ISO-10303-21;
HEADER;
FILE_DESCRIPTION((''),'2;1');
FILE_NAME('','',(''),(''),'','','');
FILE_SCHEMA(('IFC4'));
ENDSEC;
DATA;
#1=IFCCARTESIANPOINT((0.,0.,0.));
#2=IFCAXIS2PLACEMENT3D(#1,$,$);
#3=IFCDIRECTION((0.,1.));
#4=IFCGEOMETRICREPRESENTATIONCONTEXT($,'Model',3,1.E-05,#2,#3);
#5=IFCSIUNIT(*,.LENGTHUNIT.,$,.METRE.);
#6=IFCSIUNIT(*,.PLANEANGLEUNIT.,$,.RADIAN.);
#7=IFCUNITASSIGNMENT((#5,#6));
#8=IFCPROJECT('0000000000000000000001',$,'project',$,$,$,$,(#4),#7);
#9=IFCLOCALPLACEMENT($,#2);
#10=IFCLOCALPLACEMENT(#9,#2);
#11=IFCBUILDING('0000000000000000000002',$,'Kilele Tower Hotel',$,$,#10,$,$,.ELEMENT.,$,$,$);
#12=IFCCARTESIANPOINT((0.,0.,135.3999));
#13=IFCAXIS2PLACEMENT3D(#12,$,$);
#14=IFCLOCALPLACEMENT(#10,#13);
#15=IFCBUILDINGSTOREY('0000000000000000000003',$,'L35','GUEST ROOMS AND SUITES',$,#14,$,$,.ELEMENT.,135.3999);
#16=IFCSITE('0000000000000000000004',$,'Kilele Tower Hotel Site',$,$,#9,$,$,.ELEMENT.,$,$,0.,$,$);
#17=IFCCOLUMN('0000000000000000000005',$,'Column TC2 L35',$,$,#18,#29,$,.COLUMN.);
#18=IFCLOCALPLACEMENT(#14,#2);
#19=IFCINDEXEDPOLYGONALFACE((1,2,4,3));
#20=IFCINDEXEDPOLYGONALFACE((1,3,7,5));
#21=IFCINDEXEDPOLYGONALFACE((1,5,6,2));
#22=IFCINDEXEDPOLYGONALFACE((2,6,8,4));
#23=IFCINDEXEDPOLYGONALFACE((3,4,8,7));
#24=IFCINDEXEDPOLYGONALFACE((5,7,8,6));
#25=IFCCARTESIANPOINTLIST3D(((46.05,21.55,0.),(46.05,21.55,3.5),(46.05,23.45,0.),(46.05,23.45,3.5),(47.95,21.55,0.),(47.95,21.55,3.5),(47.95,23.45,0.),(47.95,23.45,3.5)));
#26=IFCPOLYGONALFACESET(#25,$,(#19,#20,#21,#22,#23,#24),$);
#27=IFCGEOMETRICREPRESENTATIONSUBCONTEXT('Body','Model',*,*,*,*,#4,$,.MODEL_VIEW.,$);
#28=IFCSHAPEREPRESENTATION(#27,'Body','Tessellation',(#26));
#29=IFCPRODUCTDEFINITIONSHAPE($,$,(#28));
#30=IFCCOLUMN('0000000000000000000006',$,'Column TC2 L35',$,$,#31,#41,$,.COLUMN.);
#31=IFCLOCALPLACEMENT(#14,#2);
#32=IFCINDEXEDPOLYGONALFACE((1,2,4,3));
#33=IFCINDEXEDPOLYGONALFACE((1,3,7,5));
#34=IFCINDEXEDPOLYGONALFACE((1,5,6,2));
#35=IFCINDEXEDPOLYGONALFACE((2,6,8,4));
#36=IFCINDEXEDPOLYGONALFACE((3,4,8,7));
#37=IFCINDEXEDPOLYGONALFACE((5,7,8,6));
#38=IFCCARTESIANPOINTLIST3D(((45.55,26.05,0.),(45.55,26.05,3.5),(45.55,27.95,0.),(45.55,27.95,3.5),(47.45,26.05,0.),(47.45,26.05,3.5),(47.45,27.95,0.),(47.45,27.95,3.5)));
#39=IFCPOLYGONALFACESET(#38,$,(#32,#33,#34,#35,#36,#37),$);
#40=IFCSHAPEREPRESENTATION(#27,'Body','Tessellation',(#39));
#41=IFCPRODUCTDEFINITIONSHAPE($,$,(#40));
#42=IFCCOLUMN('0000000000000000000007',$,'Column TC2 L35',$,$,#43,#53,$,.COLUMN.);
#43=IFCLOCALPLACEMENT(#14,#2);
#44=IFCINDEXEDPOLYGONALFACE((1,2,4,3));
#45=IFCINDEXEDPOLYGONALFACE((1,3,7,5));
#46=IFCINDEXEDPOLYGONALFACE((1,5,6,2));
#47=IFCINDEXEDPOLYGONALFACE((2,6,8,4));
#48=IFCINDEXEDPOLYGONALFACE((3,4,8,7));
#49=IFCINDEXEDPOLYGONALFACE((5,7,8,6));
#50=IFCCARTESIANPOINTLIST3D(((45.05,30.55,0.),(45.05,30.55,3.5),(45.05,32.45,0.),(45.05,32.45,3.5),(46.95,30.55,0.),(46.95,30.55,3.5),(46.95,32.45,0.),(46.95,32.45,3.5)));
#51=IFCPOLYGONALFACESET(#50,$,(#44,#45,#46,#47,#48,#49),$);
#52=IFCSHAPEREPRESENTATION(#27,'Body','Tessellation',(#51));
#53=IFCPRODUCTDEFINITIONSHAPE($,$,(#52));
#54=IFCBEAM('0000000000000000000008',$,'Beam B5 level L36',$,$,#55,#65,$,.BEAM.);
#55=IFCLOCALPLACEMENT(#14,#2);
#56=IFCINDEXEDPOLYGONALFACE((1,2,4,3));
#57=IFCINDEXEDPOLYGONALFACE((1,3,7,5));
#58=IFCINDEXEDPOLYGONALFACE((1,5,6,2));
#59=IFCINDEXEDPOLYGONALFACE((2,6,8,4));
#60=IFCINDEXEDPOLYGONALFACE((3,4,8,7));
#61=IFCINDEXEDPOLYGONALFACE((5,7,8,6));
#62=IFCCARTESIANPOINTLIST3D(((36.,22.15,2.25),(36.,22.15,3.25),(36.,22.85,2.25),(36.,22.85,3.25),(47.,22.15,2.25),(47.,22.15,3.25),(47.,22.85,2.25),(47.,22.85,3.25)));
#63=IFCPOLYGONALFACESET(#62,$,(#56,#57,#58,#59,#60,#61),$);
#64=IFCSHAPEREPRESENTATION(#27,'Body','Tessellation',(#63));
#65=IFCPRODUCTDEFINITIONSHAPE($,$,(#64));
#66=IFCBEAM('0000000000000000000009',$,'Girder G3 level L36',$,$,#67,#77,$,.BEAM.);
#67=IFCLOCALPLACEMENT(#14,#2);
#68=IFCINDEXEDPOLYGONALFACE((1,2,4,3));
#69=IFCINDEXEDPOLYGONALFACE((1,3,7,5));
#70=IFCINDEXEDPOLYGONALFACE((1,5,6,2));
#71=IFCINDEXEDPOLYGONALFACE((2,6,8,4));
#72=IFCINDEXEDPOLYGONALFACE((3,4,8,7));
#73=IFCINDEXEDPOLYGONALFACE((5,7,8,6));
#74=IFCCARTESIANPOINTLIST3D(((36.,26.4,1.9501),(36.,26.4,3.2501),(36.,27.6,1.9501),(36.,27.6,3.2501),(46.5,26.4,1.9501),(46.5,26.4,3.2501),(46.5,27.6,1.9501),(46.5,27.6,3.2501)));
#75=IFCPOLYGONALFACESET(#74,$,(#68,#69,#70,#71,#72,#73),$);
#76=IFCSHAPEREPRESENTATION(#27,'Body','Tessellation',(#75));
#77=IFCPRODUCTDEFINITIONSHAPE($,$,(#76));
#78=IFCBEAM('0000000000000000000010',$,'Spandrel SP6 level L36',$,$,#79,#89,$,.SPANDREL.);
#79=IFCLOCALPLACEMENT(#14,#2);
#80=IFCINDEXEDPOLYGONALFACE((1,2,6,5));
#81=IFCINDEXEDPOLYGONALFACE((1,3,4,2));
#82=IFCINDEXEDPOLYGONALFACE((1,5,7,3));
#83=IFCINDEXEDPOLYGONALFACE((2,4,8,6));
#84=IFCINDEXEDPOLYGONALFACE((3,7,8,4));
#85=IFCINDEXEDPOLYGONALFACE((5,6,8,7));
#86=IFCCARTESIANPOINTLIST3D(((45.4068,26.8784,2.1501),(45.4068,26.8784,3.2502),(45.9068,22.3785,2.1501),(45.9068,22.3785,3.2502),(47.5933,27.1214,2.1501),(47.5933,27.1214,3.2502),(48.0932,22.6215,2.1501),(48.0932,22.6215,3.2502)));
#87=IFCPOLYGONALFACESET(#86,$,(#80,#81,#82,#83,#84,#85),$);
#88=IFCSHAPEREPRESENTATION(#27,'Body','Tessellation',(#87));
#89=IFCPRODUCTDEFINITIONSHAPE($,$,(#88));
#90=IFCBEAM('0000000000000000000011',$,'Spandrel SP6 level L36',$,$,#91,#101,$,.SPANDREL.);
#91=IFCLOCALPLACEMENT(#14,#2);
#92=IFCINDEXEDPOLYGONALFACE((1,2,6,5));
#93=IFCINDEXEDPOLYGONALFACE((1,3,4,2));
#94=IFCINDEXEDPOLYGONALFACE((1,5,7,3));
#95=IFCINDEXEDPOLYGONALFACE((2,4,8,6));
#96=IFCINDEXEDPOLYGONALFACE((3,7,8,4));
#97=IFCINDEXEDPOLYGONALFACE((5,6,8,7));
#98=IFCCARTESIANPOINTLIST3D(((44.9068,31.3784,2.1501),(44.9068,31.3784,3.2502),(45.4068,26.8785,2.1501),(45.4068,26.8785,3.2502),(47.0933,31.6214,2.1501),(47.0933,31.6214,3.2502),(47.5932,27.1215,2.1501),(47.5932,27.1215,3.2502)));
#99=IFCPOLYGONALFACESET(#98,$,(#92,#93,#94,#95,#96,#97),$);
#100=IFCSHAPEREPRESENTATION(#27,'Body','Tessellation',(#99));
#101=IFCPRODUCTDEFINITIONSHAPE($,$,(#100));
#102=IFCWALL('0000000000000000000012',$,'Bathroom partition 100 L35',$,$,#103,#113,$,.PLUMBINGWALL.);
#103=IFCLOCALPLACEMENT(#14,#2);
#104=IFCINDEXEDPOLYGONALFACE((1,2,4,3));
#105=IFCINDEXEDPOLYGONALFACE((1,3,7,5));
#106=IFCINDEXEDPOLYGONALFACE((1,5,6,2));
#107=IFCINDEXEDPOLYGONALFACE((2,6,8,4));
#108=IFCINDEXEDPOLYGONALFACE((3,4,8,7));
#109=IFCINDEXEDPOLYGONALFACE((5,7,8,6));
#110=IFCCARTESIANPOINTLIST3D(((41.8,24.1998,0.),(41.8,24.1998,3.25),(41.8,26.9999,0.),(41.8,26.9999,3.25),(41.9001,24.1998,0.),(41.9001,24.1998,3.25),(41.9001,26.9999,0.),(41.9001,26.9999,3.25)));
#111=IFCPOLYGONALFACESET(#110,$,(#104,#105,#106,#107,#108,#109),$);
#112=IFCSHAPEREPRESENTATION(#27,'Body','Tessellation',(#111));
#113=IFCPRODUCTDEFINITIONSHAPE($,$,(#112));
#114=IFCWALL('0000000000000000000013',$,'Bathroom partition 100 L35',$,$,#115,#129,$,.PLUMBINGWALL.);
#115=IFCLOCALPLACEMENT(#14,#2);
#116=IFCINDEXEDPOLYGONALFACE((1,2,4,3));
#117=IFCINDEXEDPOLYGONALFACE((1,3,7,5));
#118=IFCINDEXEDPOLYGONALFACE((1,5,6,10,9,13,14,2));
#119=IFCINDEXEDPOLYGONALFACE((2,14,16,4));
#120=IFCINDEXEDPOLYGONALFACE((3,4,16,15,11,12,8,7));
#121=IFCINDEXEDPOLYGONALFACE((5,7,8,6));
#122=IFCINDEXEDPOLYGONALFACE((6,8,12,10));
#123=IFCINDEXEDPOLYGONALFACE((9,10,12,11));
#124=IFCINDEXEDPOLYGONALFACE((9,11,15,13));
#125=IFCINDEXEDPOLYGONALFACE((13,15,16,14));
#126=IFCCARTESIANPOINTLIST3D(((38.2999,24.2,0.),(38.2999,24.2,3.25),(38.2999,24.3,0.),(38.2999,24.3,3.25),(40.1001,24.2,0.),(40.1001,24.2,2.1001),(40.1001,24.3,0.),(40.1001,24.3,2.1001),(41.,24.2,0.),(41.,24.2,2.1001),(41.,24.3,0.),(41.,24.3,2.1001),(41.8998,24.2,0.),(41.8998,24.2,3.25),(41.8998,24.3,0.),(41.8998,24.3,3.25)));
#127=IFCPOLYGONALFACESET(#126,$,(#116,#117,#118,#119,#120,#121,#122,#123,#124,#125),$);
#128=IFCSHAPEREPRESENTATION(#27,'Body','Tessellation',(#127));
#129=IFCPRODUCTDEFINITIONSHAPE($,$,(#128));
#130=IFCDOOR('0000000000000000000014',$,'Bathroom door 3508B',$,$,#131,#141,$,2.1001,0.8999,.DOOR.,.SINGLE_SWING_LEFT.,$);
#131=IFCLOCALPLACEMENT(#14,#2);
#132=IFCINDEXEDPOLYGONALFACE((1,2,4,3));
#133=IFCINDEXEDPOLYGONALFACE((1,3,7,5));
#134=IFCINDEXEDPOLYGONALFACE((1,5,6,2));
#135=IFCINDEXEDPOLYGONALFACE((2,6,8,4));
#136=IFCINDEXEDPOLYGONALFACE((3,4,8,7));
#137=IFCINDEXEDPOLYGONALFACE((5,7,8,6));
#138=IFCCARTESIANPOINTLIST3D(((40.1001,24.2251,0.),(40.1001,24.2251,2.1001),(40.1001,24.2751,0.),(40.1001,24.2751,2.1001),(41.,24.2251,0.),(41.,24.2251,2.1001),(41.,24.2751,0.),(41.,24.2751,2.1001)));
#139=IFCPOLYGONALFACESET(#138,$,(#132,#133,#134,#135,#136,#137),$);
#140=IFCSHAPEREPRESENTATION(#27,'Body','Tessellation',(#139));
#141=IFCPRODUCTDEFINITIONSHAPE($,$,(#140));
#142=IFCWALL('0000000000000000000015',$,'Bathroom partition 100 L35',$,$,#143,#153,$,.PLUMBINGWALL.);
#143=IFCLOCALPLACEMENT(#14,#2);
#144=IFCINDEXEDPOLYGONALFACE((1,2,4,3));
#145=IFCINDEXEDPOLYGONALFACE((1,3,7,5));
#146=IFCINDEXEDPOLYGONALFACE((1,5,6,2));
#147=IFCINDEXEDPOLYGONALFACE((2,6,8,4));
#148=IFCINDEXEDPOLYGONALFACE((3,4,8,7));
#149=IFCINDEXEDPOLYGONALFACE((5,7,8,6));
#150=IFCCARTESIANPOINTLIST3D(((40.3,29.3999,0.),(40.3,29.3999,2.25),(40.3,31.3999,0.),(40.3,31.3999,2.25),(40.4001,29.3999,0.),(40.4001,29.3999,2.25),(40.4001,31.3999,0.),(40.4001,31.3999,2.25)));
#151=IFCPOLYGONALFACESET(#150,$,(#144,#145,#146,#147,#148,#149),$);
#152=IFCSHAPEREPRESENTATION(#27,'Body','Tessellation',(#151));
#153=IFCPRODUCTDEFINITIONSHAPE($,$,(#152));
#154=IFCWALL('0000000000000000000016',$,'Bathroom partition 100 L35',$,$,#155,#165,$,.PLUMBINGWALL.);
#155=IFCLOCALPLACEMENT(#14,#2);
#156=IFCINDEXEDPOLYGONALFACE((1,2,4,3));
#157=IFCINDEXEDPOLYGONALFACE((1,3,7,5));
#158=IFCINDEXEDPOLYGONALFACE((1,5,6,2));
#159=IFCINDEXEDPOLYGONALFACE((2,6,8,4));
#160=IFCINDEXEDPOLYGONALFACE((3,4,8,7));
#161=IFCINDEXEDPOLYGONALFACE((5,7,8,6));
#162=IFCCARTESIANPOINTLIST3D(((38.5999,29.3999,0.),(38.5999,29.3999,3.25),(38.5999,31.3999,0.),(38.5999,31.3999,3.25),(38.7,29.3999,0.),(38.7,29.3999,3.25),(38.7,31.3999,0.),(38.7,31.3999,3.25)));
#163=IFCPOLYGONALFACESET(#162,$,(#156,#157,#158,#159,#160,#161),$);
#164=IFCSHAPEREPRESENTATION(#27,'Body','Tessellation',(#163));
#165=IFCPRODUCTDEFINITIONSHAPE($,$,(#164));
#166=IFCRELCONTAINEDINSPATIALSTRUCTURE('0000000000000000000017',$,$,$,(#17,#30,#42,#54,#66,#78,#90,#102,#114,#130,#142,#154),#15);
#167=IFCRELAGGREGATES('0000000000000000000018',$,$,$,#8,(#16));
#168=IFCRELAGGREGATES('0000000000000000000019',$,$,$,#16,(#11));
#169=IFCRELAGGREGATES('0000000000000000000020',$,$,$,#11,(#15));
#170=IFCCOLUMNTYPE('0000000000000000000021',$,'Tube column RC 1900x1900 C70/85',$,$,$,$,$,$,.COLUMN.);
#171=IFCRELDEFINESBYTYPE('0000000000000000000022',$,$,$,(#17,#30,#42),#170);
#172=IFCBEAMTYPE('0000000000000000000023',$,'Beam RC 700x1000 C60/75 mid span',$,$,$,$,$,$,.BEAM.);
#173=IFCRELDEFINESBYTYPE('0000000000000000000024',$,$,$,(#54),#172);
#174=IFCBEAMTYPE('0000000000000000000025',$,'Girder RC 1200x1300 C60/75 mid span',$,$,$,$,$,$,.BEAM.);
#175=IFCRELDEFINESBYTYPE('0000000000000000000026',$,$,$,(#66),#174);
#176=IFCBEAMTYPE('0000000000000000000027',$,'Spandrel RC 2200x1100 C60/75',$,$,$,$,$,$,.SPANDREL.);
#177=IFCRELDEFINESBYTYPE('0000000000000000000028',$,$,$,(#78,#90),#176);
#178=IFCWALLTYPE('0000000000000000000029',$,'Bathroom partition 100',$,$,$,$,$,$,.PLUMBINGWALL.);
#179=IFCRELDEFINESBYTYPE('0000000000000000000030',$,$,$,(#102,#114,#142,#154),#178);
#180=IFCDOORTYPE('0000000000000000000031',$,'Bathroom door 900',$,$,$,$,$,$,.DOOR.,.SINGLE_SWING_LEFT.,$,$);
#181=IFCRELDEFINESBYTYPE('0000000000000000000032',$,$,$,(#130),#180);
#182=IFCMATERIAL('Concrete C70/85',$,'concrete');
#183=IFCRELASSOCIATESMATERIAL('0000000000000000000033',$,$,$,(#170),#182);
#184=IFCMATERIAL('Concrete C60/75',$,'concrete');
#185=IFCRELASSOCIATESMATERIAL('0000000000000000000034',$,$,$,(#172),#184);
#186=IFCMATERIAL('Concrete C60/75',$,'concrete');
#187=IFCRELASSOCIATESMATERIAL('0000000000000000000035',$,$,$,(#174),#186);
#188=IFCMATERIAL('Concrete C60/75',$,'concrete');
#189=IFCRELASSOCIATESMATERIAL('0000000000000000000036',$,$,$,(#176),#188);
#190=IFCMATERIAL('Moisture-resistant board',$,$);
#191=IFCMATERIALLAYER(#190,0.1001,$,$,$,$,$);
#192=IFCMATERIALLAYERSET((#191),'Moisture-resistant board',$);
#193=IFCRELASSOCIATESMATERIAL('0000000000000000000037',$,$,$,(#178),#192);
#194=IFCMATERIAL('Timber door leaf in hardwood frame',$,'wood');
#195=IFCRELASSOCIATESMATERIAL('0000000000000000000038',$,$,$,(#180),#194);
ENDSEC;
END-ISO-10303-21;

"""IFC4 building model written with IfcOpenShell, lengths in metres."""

from ifc_helpers import new_model, si_unit, direction, frame, frame_2d, origin, origin_2d, place, context, subcontext, project, spatial, rectangle, extrude, material, layer, layer_set, material_profile, profile_set, type_object, element, fill, save


model = new_model("IFC4")

# Units and contexts
model_context = context("Model", 3, precision=1e-05, world=origin(), true_north=direction((0.0, 1.0)))
body_context = subcontext(model_context, "Body", "Model", "MODEL_VIEW")
ifc_project = project(units=[si_unit("LENGTHUNIT", "METRE"), si_unit("PLANEANGLEUNIT", "RADIAN")], contexts=[model_context])

# Site, building, storey
site_placement = place(None, origin())
site = spatial("IfcSite", under=ifc_project, at=site_placement, Name="Kilele Tower Hotel Site", CompositionType="ELEMENT", RefElevation=0.0)
building_placement = place(site_placement, origin())
building = spatial("IfcBuilding", under=site, at=building_placement, Name="Kilele Tower Hotel", CompositionType="ELEMENT")
storey_placement = place(building_placement, frame((0.0, 0.0, 135.3999)))
storey = spatial("IfcBuildingStorey", under=building, at=storey_placement, Name="L35", Description="GUEST ROOMS AND SUITES", CompositionType="ELEMENT", Elevation=135.3999)

# Columns
ifc_material_1 = material(Name="Concrete C70/85", Category="concrete")
ifc_material_profile_1 = material_profile(ifc_material_1, rectangle(XDim=1.8999, YDim=1.8999, at=origin_2d()))
ifc_profile_set_1 = profile_set([ifc_material_profile_1], Name="Concrete C70/85")
column_type = type_object("IfcColumnType", Name="Tube column RC 1900x1900 C70/85", PredefinedType="COLUMN", material=ifc_profile_set_1)
for number, where, z_axis, x_axis, name in (
    (1, (47.0, 22.5, 0.0), (0.0, 0.0, 1.0), (1.0, 0.0, 0.0), "Column TC2 L35"),
    (2, (46.5, 27.0, 0.0), (0.0, 0.0, 1.0), (1.0, 0.0, 0.0), "Column TC2 L35"),
    (3, (46.0, 31.5, 0.0), (0.0, 0.0, 1.0), (1.0, 0.0, 0.0), "Column TC2 L35"),
):
    element("IfcColumn", number, at=place(storey_placement, frame(where, z_axis=z_axis, x_axis=x_axis)), inside=storey, type_object=column_type, Name=name, PredefinedType="COLUMN", context=body_context, shape_type="SweptSolid", body=[
        extrude(rectangle(XDim=1.8999, YDim=1.8999, at=origin_2d()), origin(), (0.0, 0.0, 1.0), 3.5),
    ])

# Beams
ifc_material_2 = material(Name="Concrete C60/75", Category="concrete")
ifc_material_profile_2 = material_profile(ifc_material_2, rectangle(XDim=0.7, YDim=1.0, at=origin_2d()))
ifc_profile_set_2 = profile_set([ifc_material_profile_2], Name="Concrete C60/75")
beam_type_1 = type_object("IfcBeamType", Name="Beam RC 700x1000 C60/75 mid span", PredefinedType="BEAM", material=ifc_profile_set_2)
beam_1_placement = place(storey_placement, frame((47.0, 22.5, 2.75), z_axis=(-1.0, 0.0, 0.0), x_axis=(0.0, -1.0, 0.0)))
element("IfcBeam", 4, at=beam_1_placement, inside=storey, type_object=beam_type_1, Name="Beam B5 level L36", PredefinedType="BEAM", context=body_context, shape_type="SweptSolid", body=[
    extrude(rectangle(XDim=0.7, YDim=1.0, at=origin_2d()), origin(), (0.0, 0.0, 1.0), 11.0),
])
ifc_material_3 = material(Name="Concrete C60/75", Category="concrete")
ifc_material_profile_3 = material_profile(ifc_material_3, rectangle(XDim=1.2, YDim=1.3, at=origin_2d()))
ifc_profile_set_3 = profile_set([ifc_material_profile_3], Name="Concrete C60/75")
beam_type_2 = type_object("IfcBeamType", Name="Girder RC 1200x1300 C60/75 mid span", PredefinedType="BEAM", material=ifc_profile_set_3)
beam_2_placement = place(storey_placement, frame((46.5, 27.0, 2.6001), z_axis=(-1.0, 0.0, 0.0), x_axis=(0.0, -1.0, 0.0)))
element("IfcBeam", 5, at=beam_2_placement, inside=storey, type_object=beam_type_2, Name="Girder G3 level L36", PredefinedType="BEAM", context=body_context, shape_type="SweptSolid", body=[
    extrude(rectangle(XDim=1.2, YDim=1.3, at=origin_2d()), origin(), (0.0, 0.0, 1.0), 10.5),
])
ifc_material_4 = material(Name="Concrete C60/75", Category="concrete")
ifc_material_profile_4 = material_profile(ifc_material_4, rectangle(XDim=2.2, YDim=1.1001, at=origin_2d()))
ifc_profile_set_4 = profile_set([ifc_material_profile_4], Name="Concrete C60/75")
beam_type_3 = type_object("IfcBeamType", Name="Spandrel RC 2200x1100 C60/75", PredefinedType="SPANDREL", material=ifc_profile_set_4)
for number, where, z_axis, x_axis, name in (
    (6, (47.0, 22.5, 2.7002), (-0.110432, 0.993884, 0.0), (-0.993884, -0.110432, 0.0), "Spandrel SP6 level L36"),
    (7, (46.5, 27.0, 2.7002), (-0.110432, 0.993884, 0.0), (-0.993884, -0.110432, 0.0), "Spandrel SP6 level L36"),
):
    element("IfcBeam", number, at=place(storey_placement, frame(where, z_axis=z_axis, x_axis=x_axis)), inside=storey, type_object=beam_type_3, Name=name, PredefinedType="SPANDREL", context=body_context, shape_type="SweptSolid", body=[
        extrude(rectangle(XDim=2.2, YDim=1.1001, at=origin_2d()), origin(), (0.0, 0.0, 1.0), 4.5276),
    ])

# Wall
ifc_material_5 = material(Name="Moisture-resistant board")
ifc_layer_1 = layer(ifc_material_5, 0.1001)
ifc_layer_set_1 = layer_set([ifc_layer_1], Name="Moisture-resistant board")
wall_type_1 = type_object("IfcWallType", Name="Bathroom partition 100", PredefinedType="PLUMBINGWALL", material=ifc_layer_set_1)
wall_1_placement = place(storey_placement, frame((41.8501, 24.2, 0.0), z_axis=(0.0, 0.0, 1.0), x_axis=(0.0, 1.0, 0.0)))
element("IfcWall", 8, at=wall_1_placement, inside=storey, type_object=wall_type_1, Name="Bathroom partition 100 L35", PredefinedType="PLUMBINGWALL", context=body_context, shape_type="SweptSolid", body=[
    extrude(rectangle(XDim=2.8, YDim=0.1001, at=frame_2d((1.3999, 0.0))), origin(), (0.0, 0.0, 1.0), 3.25),
])

# Wall, opening, door
wall_2_placement = place(storey_placement, frame((38.3, 24.25, 0.0), z_axis=(0.0, 0.0, 1.0), x_axis=(1.0, 0.0, 0.0)))
wall_2 = element("IfcWall", 9, at=wall_2_placement, inside=storey, type_object=wall_type_1, Name="Bathroom partition 100 L35", PredefinedType="PLUMBINGWALL", context=body_context, shape_type="SweptSolid", body=[
    extrude(rectangle(XDim=3.5999, YDim=0.1001, at=frame_2d((1.7998, 0.0))), origin(), (0.0, 0.0, 1.0), 3.25),
])
opening_1_placement = place(wall_2_placement, frame((2.7, 0.0, 0.0), z_axis=(0.0, 0.0, 1.0), x_axis=(-1.0, 0.0, 0.0)))
opening_1 = element("IfcOpeningElement", 10, at=opening_1_placement, cuts=wall_2, PredefinedType="OPENING", context=body_context, shape_type="SweptSolid", body=[
    extrude(rectangle(XDim=0.8999, YDim=2.1001, at=frame_2d((0.45, 1.05))), frame((0.0, 0.0601, 0.0), z_axis=(0.0, -1.0, 0.0), x_axis=(1.0, 0.0, 0.0)), (0.0, 0.0, 1.0), 0.1201),
])
ifc_material_6 = material(Name="Timber door leaf in hardwood frame", Category="wood")
door_type_1 = type_object("IfcDoorType", Name="Bathroom door 900", OperationType="SINGLE_SWING_LEFT", PredefinedType="DOOR", material=ifc_material_6)
door_1_placement = place(opening_1_placement, origin())
door_1 = element("IfcDoor", 11, at=door_1_placement, inside=storey, type_object=door_type_1, Name="Bathroom door 3508B", OperationType="SINGLE_SWING_LEFT", OverallHeight=2.1001, OverallWidth=0.8999, PredefinedType="DOOR", context=body_context, shape_type="SweptSolid", body=[
    extrude(rectangle(XDim=0.8999, YDim=2.1001, at=frame_2d((0.45, 1.05))), frame((0.0, 0.0249, 0.0), z_axis=(0.0, -1.0, 0.0), x_axis=(1.0, 0.0, 0.0)), (0.0, 0.0, 1.0), 0.05),
])
fill(opening_1, door_1)

# Walls
wall_3_placement = place(storey_placement, frame((40.3501, 31.3999, 0.0), z_axis=(0.0, 0.0, 1.0), x_axis=(0.0, -1.0, 0.0)))
element("IfcWall", 12, at=wall_3_placement, inside=storey, type_object=wall_type_1, Name="Bathroom partition 100 L35", PredefinedType="PLUMBINGWALL", context=body_context, shape_type="SweptSolid", body=[
    extrude(rectangle(XDim=2.0, YDim=0.1001, at=frame_2d((1.0, 0.0))), origin(), (0.0, 0.0, 1.0), 2.25),
])
wall_4_placement = place(storey_placement, frame((38.6499, 31.3999, 0.0), z_axis=(0.0, 0.0, 1.0), x_axis=(0.0, -1.0, 0.0)))
element("IfcWall", 13, at=wall_4_placement, inside=storey, type_object=wall_type_1, Name="Bathroom partition 100 L35", PredefinedType="PLUMBINGWALL", context=body_context, shape_type="SweptSolid", body=[
    extrude(rectangle(XDim=2.0, YDim=0.1001, at=frame_2d((1.0, 0.0))), origin(), (0.0, 0.0, 1.0), 3.25),
])

save(model, "model.ifc")
